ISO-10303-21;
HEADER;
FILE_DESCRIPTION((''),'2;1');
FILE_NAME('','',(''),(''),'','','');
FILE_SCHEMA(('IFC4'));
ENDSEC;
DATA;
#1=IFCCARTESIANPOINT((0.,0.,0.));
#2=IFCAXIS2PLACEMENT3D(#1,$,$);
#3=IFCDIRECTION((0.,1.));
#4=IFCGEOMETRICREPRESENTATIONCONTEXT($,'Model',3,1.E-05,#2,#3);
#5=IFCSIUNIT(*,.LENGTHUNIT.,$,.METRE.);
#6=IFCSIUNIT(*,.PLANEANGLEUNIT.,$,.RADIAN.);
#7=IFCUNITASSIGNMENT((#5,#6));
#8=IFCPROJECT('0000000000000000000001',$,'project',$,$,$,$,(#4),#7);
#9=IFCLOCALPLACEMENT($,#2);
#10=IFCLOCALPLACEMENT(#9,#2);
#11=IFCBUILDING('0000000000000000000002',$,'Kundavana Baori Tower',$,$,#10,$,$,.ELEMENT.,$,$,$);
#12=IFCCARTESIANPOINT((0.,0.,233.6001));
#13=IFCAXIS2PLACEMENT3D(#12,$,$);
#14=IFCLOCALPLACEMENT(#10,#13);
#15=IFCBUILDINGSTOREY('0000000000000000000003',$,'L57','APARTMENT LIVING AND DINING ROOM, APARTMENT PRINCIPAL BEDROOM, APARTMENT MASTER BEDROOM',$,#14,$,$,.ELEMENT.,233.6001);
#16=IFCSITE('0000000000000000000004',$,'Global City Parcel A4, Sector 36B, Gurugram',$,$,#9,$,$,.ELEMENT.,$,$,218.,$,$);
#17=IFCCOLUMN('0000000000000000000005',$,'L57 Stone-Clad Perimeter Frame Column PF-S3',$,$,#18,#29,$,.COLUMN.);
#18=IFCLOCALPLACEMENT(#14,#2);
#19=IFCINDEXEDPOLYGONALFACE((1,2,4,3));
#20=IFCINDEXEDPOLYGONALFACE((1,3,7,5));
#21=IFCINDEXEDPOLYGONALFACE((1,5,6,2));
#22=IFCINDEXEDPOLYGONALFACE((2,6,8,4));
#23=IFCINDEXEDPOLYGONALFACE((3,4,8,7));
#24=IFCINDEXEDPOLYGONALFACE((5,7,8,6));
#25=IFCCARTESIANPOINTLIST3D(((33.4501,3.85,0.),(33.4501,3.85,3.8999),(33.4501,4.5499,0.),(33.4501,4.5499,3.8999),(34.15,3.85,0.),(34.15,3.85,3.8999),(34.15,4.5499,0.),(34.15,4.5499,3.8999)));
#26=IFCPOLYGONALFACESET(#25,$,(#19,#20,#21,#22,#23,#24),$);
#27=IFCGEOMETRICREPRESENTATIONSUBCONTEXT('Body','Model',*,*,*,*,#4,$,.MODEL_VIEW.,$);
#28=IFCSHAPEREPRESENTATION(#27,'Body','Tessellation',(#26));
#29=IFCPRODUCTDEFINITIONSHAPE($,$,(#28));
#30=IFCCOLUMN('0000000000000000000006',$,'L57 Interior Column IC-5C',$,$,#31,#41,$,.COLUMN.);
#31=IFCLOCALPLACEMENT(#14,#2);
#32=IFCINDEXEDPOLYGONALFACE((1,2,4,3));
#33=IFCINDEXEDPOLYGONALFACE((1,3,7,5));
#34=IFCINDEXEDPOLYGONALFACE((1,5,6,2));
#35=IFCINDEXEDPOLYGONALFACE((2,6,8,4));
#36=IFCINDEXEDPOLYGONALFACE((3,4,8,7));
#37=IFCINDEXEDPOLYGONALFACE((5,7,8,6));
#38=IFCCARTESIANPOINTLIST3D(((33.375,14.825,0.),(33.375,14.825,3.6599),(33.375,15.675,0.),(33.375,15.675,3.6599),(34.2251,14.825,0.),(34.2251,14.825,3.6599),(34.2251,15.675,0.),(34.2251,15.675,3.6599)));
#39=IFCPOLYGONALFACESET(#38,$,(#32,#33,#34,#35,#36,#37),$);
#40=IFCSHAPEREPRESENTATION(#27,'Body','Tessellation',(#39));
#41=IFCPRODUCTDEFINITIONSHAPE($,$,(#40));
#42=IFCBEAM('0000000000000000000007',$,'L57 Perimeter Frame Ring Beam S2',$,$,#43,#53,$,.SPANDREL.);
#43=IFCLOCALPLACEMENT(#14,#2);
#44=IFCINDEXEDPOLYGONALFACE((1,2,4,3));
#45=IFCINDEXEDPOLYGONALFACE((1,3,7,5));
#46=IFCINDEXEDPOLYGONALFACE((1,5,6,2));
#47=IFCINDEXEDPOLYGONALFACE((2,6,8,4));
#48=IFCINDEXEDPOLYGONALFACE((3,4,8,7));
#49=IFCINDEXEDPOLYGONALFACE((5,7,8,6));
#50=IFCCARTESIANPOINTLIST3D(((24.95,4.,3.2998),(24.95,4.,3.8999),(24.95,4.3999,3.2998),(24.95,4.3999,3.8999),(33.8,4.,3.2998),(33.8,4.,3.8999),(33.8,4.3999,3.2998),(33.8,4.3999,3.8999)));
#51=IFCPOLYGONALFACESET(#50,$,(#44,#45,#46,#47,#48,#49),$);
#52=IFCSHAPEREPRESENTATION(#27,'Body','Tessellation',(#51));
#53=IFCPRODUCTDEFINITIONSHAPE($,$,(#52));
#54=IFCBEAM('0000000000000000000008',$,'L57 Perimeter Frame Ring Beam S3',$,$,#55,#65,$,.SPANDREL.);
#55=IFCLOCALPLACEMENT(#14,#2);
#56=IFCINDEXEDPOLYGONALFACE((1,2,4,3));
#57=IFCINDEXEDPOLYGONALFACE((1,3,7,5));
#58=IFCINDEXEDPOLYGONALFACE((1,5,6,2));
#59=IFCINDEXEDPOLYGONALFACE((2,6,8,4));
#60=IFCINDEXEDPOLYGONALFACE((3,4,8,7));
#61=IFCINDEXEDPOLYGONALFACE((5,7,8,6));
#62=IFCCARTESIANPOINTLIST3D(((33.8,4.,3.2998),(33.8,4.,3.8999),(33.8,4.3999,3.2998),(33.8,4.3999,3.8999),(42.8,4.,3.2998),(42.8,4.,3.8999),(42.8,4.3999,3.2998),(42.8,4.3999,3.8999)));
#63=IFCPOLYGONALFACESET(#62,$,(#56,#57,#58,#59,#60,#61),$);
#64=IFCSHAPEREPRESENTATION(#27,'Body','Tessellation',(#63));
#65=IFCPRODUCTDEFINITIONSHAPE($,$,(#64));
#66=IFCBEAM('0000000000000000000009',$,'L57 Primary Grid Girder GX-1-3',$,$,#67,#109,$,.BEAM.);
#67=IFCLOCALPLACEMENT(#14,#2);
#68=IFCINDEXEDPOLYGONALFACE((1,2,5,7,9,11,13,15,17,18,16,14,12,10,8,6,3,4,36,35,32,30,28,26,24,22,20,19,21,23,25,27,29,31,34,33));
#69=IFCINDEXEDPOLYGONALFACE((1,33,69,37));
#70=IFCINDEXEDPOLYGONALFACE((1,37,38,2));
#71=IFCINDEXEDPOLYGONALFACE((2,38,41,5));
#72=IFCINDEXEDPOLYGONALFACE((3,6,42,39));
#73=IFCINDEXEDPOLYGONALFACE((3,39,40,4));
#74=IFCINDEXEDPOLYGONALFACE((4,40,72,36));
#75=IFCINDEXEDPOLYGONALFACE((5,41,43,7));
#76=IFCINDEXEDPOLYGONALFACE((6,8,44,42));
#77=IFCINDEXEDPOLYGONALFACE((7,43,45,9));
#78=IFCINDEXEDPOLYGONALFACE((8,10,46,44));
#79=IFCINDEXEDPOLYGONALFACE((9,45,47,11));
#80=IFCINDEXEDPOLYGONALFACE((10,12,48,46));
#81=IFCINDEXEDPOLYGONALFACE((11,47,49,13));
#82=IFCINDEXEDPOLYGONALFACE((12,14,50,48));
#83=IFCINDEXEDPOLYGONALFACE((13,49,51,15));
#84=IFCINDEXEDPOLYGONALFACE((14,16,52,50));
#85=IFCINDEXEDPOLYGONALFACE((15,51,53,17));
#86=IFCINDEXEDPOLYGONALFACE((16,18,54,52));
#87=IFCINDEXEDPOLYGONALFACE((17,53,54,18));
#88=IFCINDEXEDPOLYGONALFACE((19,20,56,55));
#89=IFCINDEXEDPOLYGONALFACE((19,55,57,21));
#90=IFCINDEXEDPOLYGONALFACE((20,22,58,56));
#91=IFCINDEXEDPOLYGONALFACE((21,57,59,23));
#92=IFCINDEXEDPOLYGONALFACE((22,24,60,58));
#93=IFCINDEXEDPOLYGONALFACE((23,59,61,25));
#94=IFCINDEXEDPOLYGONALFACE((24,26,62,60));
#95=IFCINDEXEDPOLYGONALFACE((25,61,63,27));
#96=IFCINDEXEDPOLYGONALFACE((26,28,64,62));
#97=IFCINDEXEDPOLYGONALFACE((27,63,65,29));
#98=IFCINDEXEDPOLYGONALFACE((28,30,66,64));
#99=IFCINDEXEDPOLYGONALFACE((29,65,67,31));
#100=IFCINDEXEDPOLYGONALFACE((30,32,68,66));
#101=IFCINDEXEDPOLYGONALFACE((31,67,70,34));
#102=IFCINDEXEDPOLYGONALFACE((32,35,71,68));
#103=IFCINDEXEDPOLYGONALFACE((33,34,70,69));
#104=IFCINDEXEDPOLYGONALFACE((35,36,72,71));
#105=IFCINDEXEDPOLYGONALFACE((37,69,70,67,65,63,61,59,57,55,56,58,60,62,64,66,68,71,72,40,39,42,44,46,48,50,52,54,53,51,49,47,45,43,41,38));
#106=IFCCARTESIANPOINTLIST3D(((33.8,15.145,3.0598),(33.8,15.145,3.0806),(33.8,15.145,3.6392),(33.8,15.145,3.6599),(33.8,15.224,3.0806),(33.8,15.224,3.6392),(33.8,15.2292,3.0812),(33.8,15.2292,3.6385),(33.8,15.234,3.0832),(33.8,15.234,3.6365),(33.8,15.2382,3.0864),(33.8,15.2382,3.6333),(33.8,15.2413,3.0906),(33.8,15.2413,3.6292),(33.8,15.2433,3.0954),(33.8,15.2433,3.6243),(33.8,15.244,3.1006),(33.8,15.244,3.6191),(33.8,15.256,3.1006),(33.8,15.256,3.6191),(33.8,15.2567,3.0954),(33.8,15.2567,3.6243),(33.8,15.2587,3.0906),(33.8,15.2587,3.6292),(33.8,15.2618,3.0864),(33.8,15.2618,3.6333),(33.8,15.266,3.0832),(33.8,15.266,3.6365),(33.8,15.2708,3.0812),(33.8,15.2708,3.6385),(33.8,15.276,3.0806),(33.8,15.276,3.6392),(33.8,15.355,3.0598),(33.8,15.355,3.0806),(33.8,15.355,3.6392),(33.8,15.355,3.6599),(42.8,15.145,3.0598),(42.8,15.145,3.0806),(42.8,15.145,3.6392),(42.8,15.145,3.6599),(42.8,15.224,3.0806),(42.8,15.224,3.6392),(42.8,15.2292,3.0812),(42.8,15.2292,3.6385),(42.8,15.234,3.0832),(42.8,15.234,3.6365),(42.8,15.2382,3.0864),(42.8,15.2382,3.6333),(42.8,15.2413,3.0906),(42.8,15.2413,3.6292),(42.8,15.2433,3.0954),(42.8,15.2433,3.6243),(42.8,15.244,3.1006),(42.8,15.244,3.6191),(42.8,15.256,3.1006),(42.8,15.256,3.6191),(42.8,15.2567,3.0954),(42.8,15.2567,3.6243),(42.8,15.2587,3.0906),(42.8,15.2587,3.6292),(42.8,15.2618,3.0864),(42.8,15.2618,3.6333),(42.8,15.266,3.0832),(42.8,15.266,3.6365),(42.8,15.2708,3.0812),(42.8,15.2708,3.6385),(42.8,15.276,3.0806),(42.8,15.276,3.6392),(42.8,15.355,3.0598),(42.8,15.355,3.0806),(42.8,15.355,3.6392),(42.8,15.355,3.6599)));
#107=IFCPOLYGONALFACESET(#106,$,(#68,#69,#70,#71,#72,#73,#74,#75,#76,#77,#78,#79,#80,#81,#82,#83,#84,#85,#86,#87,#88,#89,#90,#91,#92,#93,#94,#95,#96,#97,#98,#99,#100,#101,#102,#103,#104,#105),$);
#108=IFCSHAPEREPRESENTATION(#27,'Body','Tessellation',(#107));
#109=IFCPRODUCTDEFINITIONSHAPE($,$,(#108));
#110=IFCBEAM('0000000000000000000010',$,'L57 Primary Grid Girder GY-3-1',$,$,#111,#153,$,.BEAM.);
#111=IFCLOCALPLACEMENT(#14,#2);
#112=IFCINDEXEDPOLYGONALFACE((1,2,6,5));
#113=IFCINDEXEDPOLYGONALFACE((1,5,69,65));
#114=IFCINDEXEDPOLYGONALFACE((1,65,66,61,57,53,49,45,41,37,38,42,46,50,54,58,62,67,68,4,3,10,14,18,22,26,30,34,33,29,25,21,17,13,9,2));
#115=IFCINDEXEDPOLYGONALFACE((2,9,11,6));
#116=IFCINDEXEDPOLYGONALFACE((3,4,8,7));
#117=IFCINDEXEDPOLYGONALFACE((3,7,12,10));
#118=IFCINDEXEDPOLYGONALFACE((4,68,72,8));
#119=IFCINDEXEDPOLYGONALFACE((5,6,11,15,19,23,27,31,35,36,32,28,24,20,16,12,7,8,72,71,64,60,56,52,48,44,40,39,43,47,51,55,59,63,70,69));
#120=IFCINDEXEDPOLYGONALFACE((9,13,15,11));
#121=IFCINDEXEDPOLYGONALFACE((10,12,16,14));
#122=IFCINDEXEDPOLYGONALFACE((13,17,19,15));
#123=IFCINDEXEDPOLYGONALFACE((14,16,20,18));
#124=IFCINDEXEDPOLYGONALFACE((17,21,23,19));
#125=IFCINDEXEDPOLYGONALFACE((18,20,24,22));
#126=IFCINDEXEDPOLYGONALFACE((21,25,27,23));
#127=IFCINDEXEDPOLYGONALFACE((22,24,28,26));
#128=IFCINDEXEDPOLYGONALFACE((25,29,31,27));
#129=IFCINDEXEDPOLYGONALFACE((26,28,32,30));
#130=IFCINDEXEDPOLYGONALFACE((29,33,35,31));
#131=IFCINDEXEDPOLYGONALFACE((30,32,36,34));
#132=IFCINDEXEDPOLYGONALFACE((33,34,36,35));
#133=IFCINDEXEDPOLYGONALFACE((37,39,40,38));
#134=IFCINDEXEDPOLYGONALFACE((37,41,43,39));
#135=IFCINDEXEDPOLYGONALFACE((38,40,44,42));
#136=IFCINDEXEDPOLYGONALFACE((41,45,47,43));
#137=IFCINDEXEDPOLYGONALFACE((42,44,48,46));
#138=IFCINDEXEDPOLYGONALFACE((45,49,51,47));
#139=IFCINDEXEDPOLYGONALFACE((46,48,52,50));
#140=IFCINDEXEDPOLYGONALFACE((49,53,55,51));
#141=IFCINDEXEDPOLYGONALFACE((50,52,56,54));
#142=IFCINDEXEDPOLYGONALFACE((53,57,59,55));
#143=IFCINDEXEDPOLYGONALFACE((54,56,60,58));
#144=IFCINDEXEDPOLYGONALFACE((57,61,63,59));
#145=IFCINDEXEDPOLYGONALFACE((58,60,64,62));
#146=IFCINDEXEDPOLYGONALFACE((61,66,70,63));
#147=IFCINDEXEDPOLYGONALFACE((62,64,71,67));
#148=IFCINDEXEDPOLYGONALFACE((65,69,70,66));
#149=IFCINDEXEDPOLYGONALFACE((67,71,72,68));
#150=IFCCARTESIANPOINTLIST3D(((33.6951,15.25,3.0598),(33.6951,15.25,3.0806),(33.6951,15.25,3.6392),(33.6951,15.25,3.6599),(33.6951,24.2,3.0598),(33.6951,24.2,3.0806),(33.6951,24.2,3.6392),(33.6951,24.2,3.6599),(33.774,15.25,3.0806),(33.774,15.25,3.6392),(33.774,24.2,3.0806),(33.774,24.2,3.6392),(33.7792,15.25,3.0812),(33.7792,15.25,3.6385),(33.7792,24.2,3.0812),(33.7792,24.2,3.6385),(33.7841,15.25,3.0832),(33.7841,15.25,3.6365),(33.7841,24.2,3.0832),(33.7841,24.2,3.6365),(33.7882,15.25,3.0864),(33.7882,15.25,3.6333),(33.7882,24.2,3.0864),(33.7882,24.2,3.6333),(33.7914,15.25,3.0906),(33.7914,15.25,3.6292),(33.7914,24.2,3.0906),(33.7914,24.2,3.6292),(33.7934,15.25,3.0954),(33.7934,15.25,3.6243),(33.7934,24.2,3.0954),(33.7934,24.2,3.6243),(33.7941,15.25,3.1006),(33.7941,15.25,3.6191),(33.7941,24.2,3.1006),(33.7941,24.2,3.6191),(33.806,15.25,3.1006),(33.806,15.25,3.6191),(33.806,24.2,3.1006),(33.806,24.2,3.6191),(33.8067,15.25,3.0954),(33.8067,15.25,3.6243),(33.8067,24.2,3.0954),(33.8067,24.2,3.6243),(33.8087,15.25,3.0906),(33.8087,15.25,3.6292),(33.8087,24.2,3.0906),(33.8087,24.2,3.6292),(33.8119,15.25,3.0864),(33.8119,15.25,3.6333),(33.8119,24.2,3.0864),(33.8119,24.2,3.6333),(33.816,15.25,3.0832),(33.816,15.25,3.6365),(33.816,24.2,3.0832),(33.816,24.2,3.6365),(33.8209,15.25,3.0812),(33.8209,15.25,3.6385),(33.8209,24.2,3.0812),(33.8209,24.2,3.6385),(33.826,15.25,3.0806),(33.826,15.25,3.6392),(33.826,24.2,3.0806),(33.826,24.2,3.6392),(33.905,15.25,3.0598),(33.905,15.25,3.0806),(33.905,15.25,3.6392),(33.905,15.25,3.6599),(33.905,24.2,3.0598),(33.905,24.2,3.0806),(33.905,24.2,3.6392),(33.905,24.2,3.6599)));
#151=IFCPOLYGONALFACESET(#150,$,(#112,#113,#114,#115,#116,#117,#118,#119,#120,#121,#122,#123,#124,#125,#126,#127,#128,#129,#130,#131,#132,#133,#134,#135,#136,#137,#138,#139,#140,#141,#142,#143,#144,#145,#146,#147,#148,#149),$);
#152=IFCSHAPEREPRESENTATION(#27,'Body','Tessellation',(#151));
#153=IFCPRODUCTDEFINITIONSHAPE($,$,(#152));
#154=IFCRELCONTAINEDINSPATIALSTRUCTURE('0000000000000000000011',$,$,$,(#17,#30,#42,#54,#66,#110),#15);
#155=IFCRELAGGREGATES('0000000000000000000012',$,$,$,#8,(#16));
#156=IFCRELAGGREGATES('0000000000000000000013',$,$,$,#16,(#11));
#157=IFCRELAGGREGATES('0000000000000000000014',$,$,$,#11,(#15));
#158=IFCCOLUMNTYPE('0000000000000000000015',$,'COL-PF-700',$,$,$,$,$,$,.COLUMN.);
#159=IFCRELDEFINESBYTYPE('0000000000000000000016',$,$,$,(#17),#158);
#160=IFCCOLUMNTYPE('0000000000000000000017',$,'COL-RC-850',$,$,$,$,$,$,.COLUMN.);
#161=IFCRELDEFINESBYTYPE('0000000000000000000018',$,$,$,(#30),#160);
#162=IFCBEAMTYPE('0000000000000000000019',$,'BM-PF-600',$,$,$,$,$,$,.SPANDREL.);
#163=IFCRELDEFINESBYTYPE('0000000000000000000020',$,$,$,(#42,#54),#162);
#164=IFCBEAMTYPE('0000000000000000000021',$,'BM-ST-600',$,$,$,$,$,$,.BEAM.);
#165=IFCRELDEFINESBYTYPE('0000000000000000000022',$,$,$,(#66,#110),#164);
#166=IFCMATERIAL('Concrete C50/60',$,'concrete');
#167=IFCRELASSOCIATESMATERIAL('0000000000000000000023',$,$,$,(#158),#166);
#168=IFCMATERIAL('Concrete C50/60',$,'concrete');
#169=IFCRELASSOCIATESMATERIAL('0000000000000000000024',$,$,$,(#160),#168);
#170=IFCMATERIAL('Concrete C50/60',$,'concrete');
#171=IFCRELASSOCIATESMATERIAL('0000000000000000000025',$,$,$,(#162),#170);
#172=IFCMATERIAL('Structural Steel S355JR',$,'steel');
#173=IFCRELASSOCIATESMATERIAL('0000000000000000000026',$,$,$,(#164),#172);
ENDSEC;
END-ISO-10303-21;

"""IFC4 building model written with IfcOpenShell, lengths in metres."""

from ifc_helpers import new_model, si_unit, direction, frame, origin, origin_2d, place, context, subcontext, project, spatial, rectangle, i_section, extrude, material, material_profile, profile_set, type_object, element, save


model = new_model("IFC4")

# Units and contexts
model_context = context("Model", 3, precision=1e-05, world=origin(), true_north=direction((0.0, 1.0)))
body_context = subcontext(model_context, "Body", "Model", "MODEL_VIEW")
ifc_project = project(units=[si_unit("LENGTHUNIT", "METRE"), si_unit("PLANEANGLEUNIT", "RADIAN")], contexts=[model_context])

# Site, building, storey
site_placement = place(None, origin())
site = spatial("IfcSite", under=ifc_project, at=site_placement, Name="Global City Parcel A4, Sector 36B, Gurugram", CompositionType="ELEMENT", RefElevation=218.0)
building_placement = place(site_placement, origin())
building = spatial("IfcBuilding", under=site, at=building_placement, Name="Kundavana Baori Tower", CompositionType="ELEMENT")
storey_placement = place(building_placement, frame((0.0, 0.0, 233.6001)))
storey = spatial("IfcBuildingStorey", under=building, at=storey_placement, Name="L57", Description="APARTMENT LIVING AND DINING ROOM, APARTMENT PRINCIPAL BEDROOM, APARTMENT MASTER BEDROOM", CompositionType="ELEMENT", Elevation=233.6001)

# Columns
ifc_material_1 = material(Name="Concrete C50/60", Category="concrete")
ifc_material_profile_1 = material_profile(ifc_material_1, rectangle(XDim=0.7, YDim=0.7, at=origin_2d()), Name="RC PF 700x700")
ifc_profile_set_1 = profile_set([ifc_material_profile_1], Name="Concrete C50/60")
column_type_1 = type_object("IfcColumnType", Name="COL-PF-700", PredefinedType="COLUMN", material=ifc_profile_set_1)
column_1_placement = place(storey_placement, frame((33.8, 4.2, 0.0), z_axis=(0.0, 0.0, 1.0), x_axis=(1.0, 0.0, 0.0)))
element("IfcColumn", 1, at=column_1_placement, inside=storey, type_object=column_type_1, Name="L57 Stone-Clad Perimeter Frame Column PF-S3", PredefinedType="COLUMN", context=body_context, shape_type="SweptSolid", body=[
    extrude(rectangle(XDim=0.7, YDim=0.7, at=origin_2d()), origin(), (0.0, 0.0, 1.0), 3.8999),
])
ifc_material_2 = material(Name="Concrete C50/60", Category="concrete")
ifc_material_profile_2 = material_profile(ifc_material_2, rectangle(XDim=0.8501, YDim=0.8501, at=origin_2d()), Name="RC 850x850")
ifc_profile_set_2 = profile_set([ifc_material_profile_2], Name="Concrete C50/60")
column_type_2 = type_object("IfcColumnType", Name="COL-RC-850", PredefinedType="COLUMN", material=ifc_profile_set_2)
column_2_placement = place(storey_placement, frame((33.8, 15.25, 0.0), z_axis=(0.0, 0.0, 1.0), x_axis=(1.0, 0.0, 0.0)))
element("IfcColumn", 2, at=column_2_placement, inside=storey, type_object=column_type_2, Name="L57 Interior Column IC-5C", PredefinedType="COLUMN", context=body_context, shape_type="SweptSolid", body=[
    extrude(rectangle(XDim=0.8501, YDim=0.8501, at=origin_2d()), origin(), (0.0, 0.0, 1.0), 3.6599),
])

# Beams
ifc_material_3 = material(Name="Concrete C50/60", Category="concrete")
ifc_material_profile_3 = material_profile(ifc_material_3, rectangle(XDim=0.3999, YDim=0.6001, at=origin_2d()), Name="RC BM 400x600")
ifc_profile_set_3 = profile_set([ifc_material_profile_3], Name="Concrete C50/60")
beam_type_1 = type_object("IfcBeamType", Name="BM-PF-600", PredefinedType="SPANDREL", material=ifc_profile_set_3)
beam_1_placement = place(storey_placement, frame((24.95, 4.2, 3.5999), z_axis=(1.0, 0.0, 0.0), x_axis=(0.0, 1.0, 0.0)))
element("IfcBeam", 3, at=beam_1_placement, inside=storey, type_object=beam_type_1, Name="L57 Perimeter Frame Ring Beam S2", PredefinedType="SPANDREL", context=body_context, shape_type="SweptSolid", body=[
    extrude(rectangle(XDim=0.3999, YDim=0.6001, at=origin_2d()), origin(), (0.0, 0.0, 1.0), 8.8501),
])
beam_2_placement = place(storey_placement, frame((33.8, 4.2, 3.5999), z_axis=(1.0, 0.0, 0.0), x_axis=(0.0, 1.0, 0.0)))
element("IfcBeam", 4, at=beam_2_placement, inside=storey, type_object=beam_type_1, Name="L57 Perimeter Frame Ring Beam S3", PredefinedType="SPANDREL", context=body_context, shape_type="SweptSolid", body=[
    extrude(rectangle(XDim=0.3999, YDim=0.6001, at=origin_2d()), origin(), (0.0, 0.0, 1.0), 9.0),
])
ifc_material_4 = material(Name="Structural Steel S355JR", Category="steel")
ifc_material_profile_4 = material_profile(ifc_material_4, i_section(OverallWidth=0.21, OverallDepth=0.6001, WebThickness=0.012, FlangeThickness=0.0208, FilletRadius=0.02, at=origin_2d()), Name="ISMB 600")
ifc_profile_set_4 = profile_set([ifc_material_profile_4], Name="Structural Steel S355JR")
beam_type_2 = type_object("IfcBeamType", Name="BM-ST-600", PredefinedType="BEAM", material=ifc_profile_set_4)
beam_3_placement = place(storey_placement, frame((33.8, 15.25, 3.3599), z_axis=(1.0, 0.0, 0.0), x_axis=(0.0, 1.0, 0.0)))
element("IfcBeam", 5, at=beam_3_placement, inside=storey, type_object=beam_type_2, Name="L57 Primary Grid Girder GX-1-3", PredefinedType="BEAM", context=body_context, shape_type="SweptSolid", body=[
    extrude(i_section(OverallWidth=0.21, OverallDepth=0.6001, WebThickness=0.012, FlangeThickness=0.0208, FilletRadius=0.02, at=origin_2d()), origin(), (0.0, 0.0, 1.0), 9.0),
])
beam_4_placement = place(storey_placement, frame((33.8, 15.25, 3.3599), z_axis=(0.0, 1.0, 0.0), x_axis=(-1.0, 0.0, 0.0)))
element("IfcBeam", 6, at=beam_4_placement, inside=storey, type_object=beam_type_2, Name="L57 Primary Grid Girder GY-3-1", PredefinedType="BEAM", context=body_context, shape_type="SweptSolid", body=[
    extrude(i_section(OverallWidth=0.21, OverallDepth=0.6001, WebThickness=0.012, FlangeThickness=0.0208, FilletRadius=0.02, at=origin_2d()), origin(), (0.0, 0.0, 1.0), 8.95),
])

save(model, "model.ifc")
